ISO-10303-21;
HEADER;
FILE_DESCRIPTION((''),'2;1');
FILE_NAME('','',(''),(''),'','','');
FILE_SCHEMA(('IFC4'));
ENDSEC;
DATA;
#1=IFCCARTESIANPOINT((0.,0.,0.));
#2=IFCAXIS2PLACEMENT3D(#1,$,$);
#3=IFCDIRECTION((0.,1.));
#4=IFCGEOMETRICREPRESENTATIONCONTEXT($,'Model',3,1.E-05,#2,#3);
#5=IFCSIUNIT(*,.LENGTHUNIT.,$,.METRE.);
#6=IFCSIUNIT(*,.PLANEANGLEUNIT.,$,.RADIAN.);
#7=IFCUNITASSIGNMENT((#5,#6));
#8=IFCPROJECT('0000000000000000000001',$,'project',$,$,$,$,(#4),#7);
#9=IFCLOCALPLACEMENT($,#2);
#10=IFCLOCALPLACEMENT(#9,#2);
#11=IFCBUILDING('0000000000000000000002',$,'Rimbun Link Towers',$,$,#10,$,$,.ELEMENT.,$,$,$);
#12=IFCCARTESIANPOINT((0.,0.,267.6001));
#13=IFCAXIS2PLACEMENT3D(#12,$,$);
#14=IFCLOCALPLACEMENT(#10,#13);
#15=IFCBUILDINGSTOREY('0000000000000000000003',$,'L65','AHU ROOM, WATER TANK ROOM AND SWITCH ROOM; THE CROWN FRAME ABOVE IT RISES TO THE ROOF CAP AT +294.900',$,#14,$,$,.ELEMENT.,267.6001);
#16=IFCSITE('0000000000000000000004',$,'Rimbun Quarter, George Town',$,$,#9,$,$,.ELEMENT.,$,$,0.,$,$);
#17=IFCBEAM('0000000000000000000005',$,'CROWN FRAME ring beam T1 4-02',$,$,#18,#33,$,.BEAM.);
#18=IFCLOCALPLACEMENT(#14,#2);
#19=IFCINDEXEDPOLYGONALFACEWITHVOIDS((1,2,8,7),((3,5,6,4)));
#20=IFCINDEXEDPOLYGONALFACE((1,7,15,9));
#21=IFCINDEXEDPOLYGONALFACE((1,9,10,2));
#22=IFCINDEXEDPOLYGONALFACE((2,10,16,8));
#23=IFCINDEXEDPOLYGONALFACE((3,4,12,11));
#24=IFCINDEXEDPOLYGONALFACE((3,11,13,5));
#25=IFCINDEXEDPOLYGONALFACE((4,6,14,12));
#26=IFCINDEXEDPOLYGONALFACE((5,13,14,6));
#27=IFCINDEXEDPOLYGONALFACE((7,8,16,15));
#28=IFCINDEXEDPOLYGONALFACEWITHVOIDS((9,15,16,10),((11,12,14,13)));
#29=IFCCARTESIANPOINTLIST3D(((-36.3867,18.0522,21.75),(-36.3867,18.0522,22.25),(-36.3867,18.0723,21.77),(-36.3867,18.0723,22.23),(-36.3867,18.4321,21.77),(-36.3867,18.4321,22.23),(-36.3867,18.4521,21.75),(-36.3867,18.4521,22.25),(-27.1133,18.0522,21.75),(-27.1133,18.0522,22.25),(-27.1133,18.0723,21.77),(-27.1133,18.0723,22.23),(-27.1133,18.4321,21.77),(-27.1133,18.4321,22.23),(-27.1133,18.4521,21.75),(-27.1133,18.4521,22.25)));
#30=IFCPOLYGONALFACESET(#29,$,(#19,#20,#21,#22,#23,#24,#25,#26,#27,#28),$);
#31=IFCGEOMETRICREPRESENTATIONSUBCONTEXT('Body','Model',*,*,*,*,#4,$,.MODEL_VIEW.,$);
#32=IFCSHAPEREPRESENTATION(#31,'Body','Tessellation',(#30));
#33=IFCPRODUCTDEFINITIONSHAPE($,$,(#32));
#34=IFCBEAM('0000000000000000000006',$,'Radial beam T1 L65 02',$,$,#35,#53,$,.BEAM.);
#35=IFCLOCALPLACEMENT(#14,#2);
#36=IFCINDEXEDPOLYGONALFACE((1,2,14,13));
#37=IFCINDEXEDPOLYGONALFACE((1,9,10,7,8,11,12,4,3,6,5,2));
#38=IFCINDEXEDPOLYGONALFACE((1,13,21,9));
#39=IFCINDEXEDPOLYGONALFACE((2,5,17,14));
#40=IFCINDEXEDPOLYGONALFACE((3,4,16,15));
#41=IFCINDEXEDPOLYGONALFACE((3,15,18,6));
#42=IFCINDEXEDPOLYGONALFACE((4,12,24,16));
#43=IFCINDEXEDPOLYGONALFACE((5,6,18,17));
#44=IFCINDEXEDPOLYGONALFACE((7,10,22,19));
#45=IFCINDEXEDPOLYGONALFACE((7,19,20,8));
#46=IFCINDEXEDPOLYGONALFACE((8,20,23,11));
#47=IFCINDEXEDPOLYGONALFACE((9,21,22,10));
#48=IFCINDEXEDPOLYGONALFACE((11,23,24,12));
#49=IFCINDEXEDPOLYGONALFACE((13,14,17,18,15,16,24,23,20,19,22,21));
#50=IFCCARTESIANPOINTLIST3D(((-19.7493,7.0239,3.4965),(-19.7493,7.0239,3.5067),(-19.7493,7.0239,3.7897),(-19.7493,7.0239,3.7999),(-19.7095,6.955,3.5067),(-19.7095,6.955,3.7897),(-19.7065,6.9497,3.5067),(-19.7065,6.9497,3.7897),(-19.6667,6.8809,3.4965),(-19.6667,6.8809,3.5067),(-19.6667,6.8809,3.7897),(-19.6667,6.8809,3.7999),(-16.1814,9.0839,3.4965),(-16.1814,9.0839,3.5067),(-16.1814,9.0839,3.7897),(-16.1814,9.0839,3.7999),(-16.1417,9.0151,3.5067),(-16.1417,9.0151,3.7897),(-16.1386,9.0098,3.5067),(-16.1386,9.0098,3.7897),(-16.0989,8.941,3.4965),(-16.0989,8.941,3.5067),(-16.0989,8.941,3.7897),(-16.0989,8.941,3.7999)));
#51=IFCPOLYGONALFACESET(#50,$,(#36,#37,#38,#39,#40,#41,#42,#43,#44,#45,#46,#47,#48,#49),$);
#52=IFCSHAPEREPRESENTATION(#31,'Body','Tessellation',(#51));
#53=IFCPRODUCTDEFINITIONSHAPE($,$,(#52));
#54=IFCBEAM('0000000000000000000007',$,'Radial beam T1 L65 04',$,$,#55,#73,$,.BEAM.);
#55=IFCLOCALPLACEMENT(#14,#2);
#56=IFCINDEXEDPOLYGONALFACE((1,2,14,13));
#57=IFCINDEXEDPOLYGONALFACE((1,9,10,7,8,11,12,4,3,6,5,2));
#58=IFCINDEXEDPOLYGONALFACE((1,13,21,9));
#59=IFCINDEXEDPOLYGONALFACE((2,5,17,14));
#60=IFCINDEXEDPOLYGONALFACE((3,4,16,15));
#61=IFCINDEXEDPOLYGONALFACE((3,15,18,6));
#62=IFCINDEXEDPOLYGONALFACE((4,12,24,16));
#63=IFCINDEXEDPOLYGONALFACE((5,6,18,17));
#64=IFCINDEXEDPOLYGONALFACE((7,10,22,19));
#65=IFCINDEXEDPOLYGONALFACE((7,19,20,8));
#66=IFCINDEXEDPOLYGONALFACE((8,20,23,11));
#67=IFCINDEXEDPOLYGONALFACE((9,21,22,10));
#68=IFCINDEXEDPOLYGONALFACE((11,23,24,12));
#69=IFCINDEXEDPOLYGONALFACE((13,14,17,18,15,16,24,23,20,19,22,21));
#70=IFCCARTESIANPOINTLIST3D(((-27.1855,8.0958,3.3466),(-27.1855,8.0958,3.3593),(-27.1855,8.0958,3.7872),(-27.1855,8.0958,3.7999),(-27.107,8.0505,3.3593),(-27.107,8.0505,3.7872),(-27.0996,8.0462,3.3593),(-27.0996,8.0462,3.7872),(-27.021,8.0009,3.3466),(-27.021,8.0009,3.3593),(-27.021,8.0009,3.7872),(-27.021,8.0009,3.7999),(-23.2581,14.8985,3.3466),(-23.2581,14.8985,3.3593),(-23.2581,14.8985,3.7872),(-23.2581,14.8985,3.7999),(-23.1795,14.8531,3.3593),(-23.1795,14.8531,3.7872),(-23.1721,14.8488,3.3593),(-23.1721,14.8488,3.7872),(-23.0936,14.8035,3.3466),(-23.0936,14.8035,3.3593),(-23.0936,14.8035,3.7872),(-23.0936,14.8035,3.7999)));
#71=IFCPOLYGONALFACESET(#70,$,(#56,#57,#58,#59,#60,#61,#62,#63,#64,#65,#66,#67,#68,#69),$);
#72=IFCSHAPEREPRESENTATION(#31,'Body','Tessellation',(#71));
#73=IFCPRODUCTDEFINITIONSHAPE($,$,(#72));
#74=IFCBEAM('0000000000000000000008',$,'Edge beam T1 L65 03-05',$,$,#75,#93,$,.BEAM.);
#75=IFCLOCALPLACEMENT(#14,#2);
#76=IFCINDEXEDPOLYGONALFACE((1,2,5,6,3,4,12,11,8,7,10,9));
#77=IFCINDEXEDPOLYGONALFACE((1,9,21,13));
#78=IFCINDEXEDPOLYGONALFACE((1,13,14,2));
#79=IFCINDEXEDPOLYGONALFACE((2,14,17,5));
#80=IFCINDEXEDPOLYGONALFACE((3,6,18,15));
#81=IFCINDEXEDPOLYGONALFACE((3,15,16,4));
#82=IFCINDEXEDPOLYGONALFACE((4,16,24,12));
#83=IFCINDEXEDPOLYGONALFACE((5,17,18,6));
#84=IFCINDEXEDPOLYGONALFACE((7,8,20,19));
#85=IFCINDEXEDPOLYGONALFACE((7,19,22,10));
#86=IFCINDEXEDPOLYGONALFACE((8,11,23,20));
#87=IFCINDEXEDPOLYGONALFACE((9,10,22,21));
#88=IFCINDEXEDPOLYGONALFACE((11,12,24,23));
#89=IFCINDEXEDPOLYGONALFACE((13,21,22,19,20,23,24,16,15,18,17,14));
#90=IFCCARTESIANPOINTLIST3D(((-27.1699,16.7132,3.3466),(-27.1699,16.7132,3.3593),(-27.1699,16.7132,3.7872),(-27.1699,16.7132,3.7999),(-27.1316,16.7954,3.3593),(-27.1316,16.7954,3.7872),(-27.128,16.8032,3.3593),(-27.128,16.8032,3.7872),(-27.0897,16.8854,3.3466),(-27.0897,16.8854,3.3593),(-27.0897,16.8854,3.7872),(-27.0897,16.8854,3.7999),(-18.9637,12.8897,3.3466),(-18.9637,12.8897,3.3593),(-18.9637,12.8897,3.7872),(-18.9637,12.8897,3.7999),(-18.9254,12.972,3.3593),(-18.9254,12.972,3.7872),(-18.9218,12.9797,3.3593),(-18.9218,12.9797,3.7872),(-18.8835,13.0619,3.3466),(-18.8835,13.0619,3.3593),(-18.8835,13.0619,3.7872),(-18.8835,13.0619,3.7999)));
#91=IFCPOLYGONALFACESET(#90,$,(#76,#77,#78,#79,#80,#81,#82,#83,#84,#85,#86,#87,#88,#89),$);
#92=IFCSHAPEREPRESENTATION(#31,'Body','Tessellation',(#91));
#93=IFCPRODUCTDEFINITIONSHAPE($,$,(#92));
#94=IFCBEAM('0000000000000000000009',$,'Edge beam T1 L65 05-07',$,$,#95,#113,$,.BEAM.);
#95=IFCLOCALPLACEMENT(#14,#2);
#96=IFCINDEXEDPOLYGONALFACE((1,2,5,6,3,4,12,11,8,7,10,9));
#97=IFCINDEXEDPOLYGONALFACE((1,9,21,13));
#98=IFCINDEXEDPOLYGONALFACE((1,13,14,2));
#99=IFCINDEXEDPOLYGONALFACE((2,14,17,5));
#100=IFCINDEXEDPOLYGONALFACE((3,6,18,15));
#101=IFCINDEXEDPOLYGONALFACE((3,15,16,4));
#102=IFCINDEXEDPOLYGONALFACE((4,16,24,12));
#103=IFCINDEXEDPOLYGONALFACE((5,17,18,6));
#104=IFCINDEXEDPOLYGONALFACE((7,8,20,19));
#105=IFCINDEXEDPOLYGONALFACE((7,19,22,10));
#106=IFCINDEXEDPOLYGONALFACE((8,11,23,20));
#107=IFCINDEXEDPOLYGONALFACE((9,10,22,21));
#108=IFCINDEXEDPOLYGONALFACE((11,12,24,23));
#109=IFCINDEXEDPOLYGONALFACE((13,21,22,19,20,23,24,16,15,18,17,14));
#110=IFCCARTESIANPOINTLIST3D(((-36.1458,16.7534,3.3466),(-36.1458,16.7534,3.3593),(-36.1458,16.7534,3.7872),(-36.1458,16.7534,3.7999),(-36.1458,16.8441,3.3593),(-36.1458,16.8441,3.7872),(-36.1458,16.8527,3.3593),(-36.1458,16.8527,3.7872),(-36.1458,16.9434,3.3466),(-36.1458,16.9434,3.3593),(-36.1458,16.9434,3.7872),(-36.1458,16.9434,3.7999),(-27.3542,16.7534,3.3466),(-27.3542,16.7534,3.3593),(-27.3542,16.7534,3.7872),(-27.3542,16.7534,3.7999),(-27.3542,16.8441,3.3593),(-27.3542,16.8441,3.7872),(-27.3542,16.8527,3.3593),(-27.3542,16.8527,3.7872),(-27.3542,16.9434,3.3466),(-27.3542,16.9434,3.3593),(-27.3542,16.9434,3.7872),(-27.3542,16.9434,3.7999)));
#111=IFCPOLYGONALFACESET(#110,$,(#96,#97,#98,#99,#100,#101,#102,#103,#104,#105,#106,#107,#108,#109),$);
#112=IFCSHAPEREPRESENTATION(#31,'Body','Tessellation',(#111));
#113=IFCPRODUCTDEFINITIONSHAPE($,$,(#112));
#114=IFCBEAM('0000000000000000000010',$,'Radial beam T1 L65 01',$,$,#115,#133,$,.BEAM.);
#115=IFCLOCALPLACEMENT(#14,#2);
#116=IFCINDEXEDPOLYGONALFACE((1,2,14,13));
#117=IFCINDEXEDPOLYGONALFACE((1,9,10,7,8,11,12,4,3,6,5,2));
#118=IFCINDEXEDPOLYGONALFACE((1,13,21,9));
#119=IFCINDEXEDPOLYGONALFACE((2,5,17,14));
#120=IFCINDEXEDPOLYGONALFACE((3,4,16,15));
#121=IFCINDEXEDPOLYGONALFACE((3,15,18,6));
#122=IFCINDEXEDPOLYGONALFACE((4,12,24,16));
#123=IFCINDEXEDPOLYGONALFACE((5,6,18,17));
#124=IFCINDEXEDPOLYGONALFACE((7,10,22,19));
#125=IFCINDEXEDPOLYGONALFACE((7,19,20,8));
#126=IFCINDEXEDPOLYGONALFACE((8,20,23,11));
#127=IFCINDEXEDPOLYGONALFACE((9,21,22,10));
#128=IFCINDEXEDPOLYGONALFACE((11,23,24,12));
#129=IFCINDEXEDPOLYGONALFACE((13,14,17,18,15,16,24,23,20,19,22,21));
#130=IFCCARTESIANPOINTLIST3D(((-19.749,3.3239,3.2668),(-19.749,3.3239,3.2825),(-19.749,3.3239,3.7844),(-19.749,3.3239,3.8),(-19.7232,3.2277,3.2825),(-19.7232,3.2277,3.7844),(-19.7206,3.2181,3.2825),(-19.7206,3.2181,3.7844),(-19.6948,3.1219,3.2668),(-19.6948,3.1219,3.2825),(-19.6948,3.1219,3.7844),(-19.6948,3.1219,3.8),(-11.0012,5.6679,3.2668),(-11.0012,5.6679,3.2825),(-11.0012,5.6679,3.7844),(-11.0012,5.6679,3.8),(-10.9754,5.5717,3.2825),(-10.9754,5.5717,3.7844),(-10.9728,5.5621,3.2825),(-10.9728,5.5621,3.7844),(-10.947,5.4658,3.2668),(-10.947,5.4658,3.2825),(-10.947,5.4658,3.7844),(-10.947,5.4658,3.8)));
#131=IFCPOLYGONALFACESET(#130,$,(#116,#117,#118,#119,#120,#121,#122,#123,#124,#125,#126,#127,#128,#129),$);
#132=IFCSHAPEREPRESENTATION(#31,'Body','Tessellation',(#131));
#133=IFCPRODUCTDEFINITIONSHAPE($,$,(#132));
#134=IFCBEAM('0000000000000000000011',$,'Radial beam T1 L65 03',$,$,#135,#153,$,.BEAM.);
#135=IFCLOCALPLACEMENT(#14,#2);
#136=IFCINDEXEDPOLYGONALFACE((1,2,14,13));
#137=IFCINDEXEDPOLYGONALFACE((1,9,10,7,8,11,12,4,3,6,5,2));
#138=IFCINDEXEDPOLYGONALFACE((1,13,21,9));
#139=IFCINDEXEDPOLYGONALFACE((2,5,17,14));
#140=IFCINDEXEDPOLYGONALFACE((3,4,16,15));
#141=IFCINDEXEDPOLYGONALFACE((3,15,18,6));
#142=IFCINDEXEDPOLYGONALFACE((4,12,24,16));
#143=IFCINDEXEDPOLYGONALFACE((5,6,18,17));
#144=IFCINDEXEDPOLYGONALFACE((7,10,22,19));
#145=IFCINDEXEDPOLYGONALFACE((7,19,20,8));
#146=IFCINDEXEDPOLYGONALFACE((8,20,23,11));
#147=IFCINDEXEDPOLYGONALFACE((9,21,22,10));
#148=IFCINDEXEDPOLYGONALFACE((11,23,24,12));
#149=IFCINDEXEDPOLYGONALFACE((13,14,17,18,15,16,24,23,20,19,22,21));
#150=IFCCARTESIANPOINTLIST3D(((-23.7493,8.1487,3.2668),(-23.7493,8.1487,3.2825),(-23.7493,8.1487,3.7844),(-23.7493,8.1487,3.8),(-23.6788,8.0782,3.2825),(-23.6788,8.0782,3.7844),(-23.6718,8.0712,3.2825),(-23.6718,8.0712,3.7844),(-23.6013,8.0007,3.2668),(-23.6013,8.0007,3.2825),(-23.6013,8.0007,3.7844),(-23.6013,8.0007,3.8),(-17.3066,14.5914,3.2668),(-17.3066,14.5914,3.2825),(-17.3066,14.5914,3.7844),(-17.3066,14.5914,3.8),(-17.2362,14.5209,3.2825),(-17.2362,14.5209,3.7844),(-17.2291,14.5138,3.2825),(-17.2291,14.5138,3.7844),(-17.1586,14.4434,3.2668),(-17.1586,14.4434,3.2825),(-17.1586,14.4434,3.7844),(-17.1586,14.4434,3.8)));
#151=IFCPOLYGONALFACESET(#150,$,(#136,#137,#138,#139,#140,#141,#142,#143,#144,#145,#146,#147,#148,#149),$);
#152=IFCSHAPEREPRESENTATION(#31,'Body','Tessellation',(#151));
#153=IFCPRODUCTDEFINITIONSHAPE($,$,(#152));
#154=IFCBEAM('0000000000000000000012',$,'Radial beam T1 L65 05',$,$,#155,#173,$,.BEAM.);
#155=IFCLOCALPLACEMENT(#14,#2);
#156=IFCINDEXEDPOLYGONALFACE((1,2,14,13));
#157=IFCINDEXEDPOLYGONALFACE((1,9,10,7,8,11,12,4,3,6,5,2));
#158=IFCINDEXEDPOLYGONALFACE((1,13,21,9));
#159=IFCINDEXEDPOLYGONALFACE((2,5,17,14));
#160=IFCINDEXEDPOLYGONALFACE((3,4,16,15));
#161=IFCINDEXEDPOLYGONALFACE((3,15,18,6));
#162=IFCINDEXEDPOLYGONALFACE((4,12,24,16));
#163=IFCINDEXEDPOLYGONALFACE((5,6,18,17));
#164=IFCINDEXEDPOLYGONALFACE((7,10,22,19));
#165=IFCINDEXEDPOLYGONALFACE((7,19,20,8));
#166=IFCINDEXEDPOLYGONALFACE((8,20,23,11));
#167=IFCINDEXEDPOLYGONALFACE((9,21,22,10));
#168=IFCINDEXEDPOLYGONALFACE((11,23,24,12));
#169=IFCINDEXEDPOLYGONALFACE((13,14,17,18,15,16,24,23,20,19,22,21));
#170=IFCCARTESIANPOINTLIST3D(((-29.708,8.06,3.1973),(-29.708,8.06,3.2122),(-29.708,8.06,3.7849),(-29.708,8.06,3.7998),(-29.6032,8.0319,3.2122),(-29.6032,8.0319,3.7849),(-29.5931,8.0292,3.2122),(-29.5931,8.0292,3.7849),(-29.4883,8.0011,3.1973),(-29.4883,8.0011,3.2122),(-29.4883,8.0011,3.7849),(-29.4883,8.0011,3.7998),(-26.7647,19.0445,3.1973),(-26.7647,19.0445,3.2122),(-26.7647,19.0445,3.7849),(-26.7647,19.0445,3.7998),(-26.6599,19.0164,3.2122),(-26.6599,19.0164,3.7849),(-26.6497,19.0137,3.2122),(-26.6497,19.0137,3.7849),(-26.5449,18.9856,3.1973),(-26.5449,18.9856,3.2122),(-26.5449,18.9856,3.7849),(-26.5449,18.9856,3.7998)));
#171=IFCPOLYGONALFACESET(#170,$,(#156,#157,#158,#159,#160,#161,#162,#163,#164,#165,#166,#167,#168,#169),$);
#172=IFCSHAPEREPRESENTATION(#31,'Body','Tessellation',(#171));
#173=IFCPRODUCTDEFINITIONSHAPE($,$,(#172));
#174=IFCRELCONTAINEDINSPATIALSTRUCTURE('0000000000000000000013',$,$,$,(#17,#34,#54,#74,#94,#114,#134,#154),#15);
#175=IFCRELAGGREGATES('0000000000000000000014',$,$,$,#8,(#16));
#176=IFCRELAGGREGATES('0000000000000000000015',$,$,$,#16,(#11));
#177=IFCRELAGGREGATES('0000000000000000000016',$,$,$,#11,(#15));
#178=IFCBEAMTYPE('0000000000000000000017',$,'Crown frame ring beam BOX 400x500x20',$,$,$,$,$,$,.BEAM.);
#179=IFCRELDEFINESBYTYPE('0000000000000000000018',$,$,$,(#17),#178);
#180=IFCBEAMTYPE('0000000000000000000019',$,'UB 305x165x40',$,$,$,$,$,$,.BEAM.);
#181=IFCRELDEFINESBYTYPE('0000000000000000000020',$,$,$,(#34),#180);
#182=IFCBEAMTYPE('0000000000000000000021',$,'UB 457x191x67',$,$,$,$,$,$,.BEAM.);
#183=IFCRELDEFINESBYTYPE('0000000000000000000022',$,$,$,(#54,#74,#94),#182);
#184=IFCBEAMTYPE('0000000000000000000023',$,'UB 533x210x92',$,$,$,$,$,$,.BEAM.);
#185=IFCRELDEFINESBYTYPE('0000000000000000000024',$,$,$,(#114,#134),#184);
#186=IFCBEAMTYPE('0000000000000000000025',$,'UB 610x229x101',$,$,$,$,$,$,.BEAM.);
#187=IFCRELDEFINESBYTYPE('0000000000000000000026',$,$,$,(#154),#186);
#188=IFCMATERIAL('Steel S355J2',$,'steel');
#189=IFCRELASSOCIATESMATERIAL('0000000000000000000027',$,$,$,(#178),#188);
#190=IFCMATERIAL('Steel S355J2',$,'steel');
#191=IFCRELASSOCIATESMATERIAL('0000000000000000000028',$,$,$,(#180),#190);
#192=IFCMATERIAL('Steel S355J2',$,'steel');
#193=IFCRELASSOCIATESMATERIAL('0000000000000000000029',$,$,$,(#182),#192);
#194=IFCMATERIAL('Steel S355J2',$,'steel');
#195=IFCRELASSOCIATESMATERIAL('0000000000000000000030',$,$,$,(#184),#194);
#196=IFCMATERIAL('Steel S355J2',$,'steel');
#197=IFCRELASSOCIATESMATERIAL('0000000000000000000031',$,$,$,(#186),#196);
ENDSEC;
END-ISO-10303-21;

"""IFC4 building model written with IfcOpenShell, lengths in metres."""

from ifc_helpers import new_model, si_unit, direction, frame, origin, origin_2d, place, context, subcontext, project, spatial, hollow_rectangle, i_section, extrude, material, material_profile, profile_set, type_object, element, save


model = new_model("IFC4")

# Units and contexts
model_context = context("Model", 3, precision=1e-05, world=origin(), true_north=direction((0.0, 1.0)))
body_context = subcontext(model_context, "Body", "Model", "MODEL_VIEW")
ifc_project = project(units=[si_unit("LENGTHUNIT", "METRE"), si_unit("PLANEANGLEUNIT", "RADIAN")], contexts=[model_context])

# Site, building, storey
site_placement = place(None, origin())
site = spatial("IfcSite", under=ifc_project, at=site_placement, Name="Rimbun Quarter, George Town", CompositionType="ELEMENT", RefElevation=0.0)
building_placement = place(site_placement, origin())
building = spatial("IfcBuilding", under=site, at=building_placement, Name="Rimbun Link Towers", CompositionType="ELEMENT")
storey_placement = place(building_placement, frame((0.0, 0.0, 267.6001)))
storey = spatial("IfcBuildingStorey", under=building, at=storey_placement, Name="L65", Description="AHU ROOM, WATER TANK ROOM AND SWITCH ROOM; THE CROWN FRAME ABOVE IT RISES TO THE ROOF CAP AT +294.900", CompositionType="ELEMENT", Elevation=267.6001)

# Beams
ifc_material_1 = material(Name="Steel S355J2", Category="steel")
ifc_material_profile_1 = material_profile(ifc_material_1, hollow_rectangle(XDim=0.3999, YDim=0.5, WallThickness=0.02, at=origin_2d()), Name="Crown frame ring beam BOX 400x500x20")
ifc_profile_set_1 = profile_set([ifc_material_profile_1], Name="Steel S355J2")
beam_type_1 = type_object("IfcBeamType", Name="Crown frame ring beam BOX 400x500x20", PredefinedType="BEAM", material=ifc_profile_set_1)
beam_1_placement = place(storey_placement, frame((-27.1133, 18.2522, 22.0), z_axis=(-1.0, 0.0, 0.0), x_axis=(0.0, -1.0, 0.0)))
element("IfcBeam", 1, at=beam_1_placement, inside=storey, type_object=beam_type_1, Name="CROWN FRAME ring beam T1 4-02", PredefinedType="BEAM", context=body_context, shape_type="SweptSolid", body=[
    extrude(hollow_rectangle(XDim=0.3999, YDim=0.5, WallThickness=0.02, at=origin_2d()), origin(), (0.0, 0.0, 1.0), 9.2734),
])
ifc_material_2 = material(Name="Steel S355J2", Category="steel")
ifc_material_profile_2 = material_profile(ifc_material_2, i_section(OverallWidth=0.165, OverallDepth=0.3035, WebThickness=0.0061, FlangeThickness=0.0103, at=origin_2d()), Name="UB 305x165x40")
ifc_profile_set_2 = profile_set([ifc_material_profile_2], Name="Steel S355J2")
beam_type_2 = type_object("IfcBeamType", Name="UB 305x165x40", PredefinedType="BEAM", material=ifc_profile_set_2)
beam_2_placement = place(storey_placement, frame((-19.708, 6.9524, 3.6482), z_axis=(0.86601, 0.500027, 0.0), x_axis=(-0.500027, 0.86601, 0.0)))
element("IfcBeam", 2, at=beam_2_placement, inside=storey, type_object=beam_type_2, Name="Radial beam T1 L65 02", PredefinedType="BEAM", context=body_context, shape_type="SweptSolid", body=[
    extrude(i_section(OverallWidth=0.165, OverallDepth=0.3035, WebThickness=0.0061, FlangeThickness=0.0103, at=origin_2d()), origin(), (0.0, 0.0, 1.0), 4.1199),
])
ifc_material_3 = material(Name="Steel S355J2", Category="steel")
ifc_material_profile_3 = material_profile(ifc_material_3, i_section(OverallWidth=0.1899, OverallDepth=0.4534, WebThickness=0.0085, FlangeThickness=0.0127, at=origin_2d()), Name="UB 457x191x67")
ifc_profile_set_3 = profile_set([ifc_material_profile_3], Name="Steel S355J2")
beam_type_3 = type_object("IfcBeamType", Name="UB 457x191x67", PredefinedType="BEAM", material=ifc_profile_set_3)
beam_3_placement = place(storey_placement, frame((-27.1033, 8.0483, 3.5732), z_axis=(0.499993, 0.866029, 0.0), x_axis=(-0.866029, 0.499993, 0.0)))
element("IfcBeam", 3, at=beam_3_placement, inside=storey, type_object=beam_type_3, Name="Radial beam T1 L65 04", PredefinedType="BEAM", context=body_context, shape_type="SweptSolid", body=[
    extrude(i_section(OverallWidth=0.1899, OverallDepth=0.4534, WebThickness=0.0085, FlangeThickness=0.0127, at=origin_2d()), origin(), (0.0, 0.0, 1.0), 7.855),
])
beam_4_placement = place(storey_placement, frame((-18.9236, 12.9758, 3.5732), z_axis=(-0.906442, 0.42233, 0.0), x_axis=(-0.42233, -0.906442, 0.0)))
element("IfcBeam", 4, at=beam_4_placement, inside=storey, type_object=beam_type_3, Name="Edge beam T1 L65 03-05", PredefinedType="BEAM", context=body_context, shape_type="SweptSolid", body=[
    extrude(i_section(OverallWidth=0.1899, OverallDepth=0.4534, WebThickness=0.0085, FlangeThickness=0.0127, at=origin_2d()), origin(), (0.0, 0.0, 1.0), 9.0532),
])
beam_5_placement = place(storey_placement, frame((-27.3542, 16.8484, 3.5732), z_axis=(-1.0, 0.0, 0.0), x_axis=(0.0, -1.0, 0.0)))
element("IfcBeam", 5, at=beam_5_placement, inside=storey, type_object=beam_type_3, Name="Edge beam T1 L65 05-07", PredefinedType="BEAM", context=body_context, shape_type="SweptSolid", body=[
    extrude(i_section(OverallWidth=0.1899, OverallDepth=0.4534, WebThickness=0.0085, FlangeThickness=0.0127, at=origin_2d()), origin(), (0.0, 0.0, 1.0), 8.7915),
])
ifc_material_4 = material(Name="Steel S355J2", Category="steel")
ifc_material_profile_4 = material_profile(ifc_material_4, i_section(OverallWidth=0.2092, OverallDepth=0.5332, WebThickness=0.01, FlangeThickness=0.0156, at=origin_2d()), Name="UB 533x210x92")
ifc_profile_set_4 = profile_set([ifc_material_profile_4], Name="Steel S355J2")
beam_type_4 = type_object("IfcBeamType", Name="UB 533x210x92", PredefinedType="BEAM", material=ifc_profile_set_4)
beam_6_placement = place(storey_placement, frame((-19.7219, 3.2229, 3.5334), z_axis=(0.965925, 0.258822, 0.0), x_axis=(-0.258822, 0.965925, 0.0)))
element("IfcBeam", 6, at=beam_6_placement, inside=storey, type_object=beam_type_4, Name="Radial beam T1 L65 01", PredefinedType="BEAM", context=body_context, shape_type="SweptSolid", body=[
    extrude(i_section(OverallWidth=0.2092, OverallDepth=0.5332, WebThickness=0.01, FlangeThickness=0.0156, at=origin_2d()), origin(), (0.0, 0.0, 1.0), 9.0564),
])
beam_7_placement = place(storey_placement, frame((-23.6753, 8.0747, 3.5334), z_axis=(0.707107, 0.707107, 0.0), x_axis=(-0.707107, 0.707107, 0.0)))
element("IfcBeam", 7, at=beam_7_placement, inside=storey, type_object=beam_type_4, Name="Radial beam T1 L65 03", PredefinedType="BEAM", context=body_context, shape_type="SweptSolid", body=[
    extrude(i_section(OverallWidth=0.2092, OverallDepth=0.5332, WebThickness=0.01, FlangeThickness=0.0156, at=origin_2d()), origin(), (0.0, 0.0, 1.0), 9.1113),
])
ifc_material_5 = material(Name="Steel S355J2", Category="steel")
ifc_material_profile_5 = material_profile(ifc_material_5, i_section(OverallWidth=0.2275, OverallDepth=0.6025, WebThickness=0.0105, FlangeThickness=0.0149, at=origin_2d()), Name="UB 610x229x101")
ifc_profile_set_5 = profile_set([ifc_material_profile_5], Name="Steel S355J2")
beam_type_5 = type_object("IfcBeamType", Name="UB 610x229x101", PredefinedType="BEAM", material=ifc_profile_set_5)
beam_8_placement = place(storey_placement, frame((-29.5981, 8.0305, 3.4985), z_axis=(0.258822, 0.965925, 0.0), x_axis=(-0.965925, 0.258822, 0.0)))
element("IfcBeam", 8, at=beam_8_placement, inside=storey, type_object=beam_type_5, Name="Radial beam T1 L65 05", PredefinedType="BEAM", context=body_context, shape_type="SweptSolid", body=[
    extrude(i_section(OverallWidth=0.2275, OverallDepth=0.6025, WebThickness=0.0105, FlangeThickness=0.0149, at=origin_2d()), origin(), (0.0, 0.0, 1.0), 11.3721),
])

save(model, "model.ifc")
